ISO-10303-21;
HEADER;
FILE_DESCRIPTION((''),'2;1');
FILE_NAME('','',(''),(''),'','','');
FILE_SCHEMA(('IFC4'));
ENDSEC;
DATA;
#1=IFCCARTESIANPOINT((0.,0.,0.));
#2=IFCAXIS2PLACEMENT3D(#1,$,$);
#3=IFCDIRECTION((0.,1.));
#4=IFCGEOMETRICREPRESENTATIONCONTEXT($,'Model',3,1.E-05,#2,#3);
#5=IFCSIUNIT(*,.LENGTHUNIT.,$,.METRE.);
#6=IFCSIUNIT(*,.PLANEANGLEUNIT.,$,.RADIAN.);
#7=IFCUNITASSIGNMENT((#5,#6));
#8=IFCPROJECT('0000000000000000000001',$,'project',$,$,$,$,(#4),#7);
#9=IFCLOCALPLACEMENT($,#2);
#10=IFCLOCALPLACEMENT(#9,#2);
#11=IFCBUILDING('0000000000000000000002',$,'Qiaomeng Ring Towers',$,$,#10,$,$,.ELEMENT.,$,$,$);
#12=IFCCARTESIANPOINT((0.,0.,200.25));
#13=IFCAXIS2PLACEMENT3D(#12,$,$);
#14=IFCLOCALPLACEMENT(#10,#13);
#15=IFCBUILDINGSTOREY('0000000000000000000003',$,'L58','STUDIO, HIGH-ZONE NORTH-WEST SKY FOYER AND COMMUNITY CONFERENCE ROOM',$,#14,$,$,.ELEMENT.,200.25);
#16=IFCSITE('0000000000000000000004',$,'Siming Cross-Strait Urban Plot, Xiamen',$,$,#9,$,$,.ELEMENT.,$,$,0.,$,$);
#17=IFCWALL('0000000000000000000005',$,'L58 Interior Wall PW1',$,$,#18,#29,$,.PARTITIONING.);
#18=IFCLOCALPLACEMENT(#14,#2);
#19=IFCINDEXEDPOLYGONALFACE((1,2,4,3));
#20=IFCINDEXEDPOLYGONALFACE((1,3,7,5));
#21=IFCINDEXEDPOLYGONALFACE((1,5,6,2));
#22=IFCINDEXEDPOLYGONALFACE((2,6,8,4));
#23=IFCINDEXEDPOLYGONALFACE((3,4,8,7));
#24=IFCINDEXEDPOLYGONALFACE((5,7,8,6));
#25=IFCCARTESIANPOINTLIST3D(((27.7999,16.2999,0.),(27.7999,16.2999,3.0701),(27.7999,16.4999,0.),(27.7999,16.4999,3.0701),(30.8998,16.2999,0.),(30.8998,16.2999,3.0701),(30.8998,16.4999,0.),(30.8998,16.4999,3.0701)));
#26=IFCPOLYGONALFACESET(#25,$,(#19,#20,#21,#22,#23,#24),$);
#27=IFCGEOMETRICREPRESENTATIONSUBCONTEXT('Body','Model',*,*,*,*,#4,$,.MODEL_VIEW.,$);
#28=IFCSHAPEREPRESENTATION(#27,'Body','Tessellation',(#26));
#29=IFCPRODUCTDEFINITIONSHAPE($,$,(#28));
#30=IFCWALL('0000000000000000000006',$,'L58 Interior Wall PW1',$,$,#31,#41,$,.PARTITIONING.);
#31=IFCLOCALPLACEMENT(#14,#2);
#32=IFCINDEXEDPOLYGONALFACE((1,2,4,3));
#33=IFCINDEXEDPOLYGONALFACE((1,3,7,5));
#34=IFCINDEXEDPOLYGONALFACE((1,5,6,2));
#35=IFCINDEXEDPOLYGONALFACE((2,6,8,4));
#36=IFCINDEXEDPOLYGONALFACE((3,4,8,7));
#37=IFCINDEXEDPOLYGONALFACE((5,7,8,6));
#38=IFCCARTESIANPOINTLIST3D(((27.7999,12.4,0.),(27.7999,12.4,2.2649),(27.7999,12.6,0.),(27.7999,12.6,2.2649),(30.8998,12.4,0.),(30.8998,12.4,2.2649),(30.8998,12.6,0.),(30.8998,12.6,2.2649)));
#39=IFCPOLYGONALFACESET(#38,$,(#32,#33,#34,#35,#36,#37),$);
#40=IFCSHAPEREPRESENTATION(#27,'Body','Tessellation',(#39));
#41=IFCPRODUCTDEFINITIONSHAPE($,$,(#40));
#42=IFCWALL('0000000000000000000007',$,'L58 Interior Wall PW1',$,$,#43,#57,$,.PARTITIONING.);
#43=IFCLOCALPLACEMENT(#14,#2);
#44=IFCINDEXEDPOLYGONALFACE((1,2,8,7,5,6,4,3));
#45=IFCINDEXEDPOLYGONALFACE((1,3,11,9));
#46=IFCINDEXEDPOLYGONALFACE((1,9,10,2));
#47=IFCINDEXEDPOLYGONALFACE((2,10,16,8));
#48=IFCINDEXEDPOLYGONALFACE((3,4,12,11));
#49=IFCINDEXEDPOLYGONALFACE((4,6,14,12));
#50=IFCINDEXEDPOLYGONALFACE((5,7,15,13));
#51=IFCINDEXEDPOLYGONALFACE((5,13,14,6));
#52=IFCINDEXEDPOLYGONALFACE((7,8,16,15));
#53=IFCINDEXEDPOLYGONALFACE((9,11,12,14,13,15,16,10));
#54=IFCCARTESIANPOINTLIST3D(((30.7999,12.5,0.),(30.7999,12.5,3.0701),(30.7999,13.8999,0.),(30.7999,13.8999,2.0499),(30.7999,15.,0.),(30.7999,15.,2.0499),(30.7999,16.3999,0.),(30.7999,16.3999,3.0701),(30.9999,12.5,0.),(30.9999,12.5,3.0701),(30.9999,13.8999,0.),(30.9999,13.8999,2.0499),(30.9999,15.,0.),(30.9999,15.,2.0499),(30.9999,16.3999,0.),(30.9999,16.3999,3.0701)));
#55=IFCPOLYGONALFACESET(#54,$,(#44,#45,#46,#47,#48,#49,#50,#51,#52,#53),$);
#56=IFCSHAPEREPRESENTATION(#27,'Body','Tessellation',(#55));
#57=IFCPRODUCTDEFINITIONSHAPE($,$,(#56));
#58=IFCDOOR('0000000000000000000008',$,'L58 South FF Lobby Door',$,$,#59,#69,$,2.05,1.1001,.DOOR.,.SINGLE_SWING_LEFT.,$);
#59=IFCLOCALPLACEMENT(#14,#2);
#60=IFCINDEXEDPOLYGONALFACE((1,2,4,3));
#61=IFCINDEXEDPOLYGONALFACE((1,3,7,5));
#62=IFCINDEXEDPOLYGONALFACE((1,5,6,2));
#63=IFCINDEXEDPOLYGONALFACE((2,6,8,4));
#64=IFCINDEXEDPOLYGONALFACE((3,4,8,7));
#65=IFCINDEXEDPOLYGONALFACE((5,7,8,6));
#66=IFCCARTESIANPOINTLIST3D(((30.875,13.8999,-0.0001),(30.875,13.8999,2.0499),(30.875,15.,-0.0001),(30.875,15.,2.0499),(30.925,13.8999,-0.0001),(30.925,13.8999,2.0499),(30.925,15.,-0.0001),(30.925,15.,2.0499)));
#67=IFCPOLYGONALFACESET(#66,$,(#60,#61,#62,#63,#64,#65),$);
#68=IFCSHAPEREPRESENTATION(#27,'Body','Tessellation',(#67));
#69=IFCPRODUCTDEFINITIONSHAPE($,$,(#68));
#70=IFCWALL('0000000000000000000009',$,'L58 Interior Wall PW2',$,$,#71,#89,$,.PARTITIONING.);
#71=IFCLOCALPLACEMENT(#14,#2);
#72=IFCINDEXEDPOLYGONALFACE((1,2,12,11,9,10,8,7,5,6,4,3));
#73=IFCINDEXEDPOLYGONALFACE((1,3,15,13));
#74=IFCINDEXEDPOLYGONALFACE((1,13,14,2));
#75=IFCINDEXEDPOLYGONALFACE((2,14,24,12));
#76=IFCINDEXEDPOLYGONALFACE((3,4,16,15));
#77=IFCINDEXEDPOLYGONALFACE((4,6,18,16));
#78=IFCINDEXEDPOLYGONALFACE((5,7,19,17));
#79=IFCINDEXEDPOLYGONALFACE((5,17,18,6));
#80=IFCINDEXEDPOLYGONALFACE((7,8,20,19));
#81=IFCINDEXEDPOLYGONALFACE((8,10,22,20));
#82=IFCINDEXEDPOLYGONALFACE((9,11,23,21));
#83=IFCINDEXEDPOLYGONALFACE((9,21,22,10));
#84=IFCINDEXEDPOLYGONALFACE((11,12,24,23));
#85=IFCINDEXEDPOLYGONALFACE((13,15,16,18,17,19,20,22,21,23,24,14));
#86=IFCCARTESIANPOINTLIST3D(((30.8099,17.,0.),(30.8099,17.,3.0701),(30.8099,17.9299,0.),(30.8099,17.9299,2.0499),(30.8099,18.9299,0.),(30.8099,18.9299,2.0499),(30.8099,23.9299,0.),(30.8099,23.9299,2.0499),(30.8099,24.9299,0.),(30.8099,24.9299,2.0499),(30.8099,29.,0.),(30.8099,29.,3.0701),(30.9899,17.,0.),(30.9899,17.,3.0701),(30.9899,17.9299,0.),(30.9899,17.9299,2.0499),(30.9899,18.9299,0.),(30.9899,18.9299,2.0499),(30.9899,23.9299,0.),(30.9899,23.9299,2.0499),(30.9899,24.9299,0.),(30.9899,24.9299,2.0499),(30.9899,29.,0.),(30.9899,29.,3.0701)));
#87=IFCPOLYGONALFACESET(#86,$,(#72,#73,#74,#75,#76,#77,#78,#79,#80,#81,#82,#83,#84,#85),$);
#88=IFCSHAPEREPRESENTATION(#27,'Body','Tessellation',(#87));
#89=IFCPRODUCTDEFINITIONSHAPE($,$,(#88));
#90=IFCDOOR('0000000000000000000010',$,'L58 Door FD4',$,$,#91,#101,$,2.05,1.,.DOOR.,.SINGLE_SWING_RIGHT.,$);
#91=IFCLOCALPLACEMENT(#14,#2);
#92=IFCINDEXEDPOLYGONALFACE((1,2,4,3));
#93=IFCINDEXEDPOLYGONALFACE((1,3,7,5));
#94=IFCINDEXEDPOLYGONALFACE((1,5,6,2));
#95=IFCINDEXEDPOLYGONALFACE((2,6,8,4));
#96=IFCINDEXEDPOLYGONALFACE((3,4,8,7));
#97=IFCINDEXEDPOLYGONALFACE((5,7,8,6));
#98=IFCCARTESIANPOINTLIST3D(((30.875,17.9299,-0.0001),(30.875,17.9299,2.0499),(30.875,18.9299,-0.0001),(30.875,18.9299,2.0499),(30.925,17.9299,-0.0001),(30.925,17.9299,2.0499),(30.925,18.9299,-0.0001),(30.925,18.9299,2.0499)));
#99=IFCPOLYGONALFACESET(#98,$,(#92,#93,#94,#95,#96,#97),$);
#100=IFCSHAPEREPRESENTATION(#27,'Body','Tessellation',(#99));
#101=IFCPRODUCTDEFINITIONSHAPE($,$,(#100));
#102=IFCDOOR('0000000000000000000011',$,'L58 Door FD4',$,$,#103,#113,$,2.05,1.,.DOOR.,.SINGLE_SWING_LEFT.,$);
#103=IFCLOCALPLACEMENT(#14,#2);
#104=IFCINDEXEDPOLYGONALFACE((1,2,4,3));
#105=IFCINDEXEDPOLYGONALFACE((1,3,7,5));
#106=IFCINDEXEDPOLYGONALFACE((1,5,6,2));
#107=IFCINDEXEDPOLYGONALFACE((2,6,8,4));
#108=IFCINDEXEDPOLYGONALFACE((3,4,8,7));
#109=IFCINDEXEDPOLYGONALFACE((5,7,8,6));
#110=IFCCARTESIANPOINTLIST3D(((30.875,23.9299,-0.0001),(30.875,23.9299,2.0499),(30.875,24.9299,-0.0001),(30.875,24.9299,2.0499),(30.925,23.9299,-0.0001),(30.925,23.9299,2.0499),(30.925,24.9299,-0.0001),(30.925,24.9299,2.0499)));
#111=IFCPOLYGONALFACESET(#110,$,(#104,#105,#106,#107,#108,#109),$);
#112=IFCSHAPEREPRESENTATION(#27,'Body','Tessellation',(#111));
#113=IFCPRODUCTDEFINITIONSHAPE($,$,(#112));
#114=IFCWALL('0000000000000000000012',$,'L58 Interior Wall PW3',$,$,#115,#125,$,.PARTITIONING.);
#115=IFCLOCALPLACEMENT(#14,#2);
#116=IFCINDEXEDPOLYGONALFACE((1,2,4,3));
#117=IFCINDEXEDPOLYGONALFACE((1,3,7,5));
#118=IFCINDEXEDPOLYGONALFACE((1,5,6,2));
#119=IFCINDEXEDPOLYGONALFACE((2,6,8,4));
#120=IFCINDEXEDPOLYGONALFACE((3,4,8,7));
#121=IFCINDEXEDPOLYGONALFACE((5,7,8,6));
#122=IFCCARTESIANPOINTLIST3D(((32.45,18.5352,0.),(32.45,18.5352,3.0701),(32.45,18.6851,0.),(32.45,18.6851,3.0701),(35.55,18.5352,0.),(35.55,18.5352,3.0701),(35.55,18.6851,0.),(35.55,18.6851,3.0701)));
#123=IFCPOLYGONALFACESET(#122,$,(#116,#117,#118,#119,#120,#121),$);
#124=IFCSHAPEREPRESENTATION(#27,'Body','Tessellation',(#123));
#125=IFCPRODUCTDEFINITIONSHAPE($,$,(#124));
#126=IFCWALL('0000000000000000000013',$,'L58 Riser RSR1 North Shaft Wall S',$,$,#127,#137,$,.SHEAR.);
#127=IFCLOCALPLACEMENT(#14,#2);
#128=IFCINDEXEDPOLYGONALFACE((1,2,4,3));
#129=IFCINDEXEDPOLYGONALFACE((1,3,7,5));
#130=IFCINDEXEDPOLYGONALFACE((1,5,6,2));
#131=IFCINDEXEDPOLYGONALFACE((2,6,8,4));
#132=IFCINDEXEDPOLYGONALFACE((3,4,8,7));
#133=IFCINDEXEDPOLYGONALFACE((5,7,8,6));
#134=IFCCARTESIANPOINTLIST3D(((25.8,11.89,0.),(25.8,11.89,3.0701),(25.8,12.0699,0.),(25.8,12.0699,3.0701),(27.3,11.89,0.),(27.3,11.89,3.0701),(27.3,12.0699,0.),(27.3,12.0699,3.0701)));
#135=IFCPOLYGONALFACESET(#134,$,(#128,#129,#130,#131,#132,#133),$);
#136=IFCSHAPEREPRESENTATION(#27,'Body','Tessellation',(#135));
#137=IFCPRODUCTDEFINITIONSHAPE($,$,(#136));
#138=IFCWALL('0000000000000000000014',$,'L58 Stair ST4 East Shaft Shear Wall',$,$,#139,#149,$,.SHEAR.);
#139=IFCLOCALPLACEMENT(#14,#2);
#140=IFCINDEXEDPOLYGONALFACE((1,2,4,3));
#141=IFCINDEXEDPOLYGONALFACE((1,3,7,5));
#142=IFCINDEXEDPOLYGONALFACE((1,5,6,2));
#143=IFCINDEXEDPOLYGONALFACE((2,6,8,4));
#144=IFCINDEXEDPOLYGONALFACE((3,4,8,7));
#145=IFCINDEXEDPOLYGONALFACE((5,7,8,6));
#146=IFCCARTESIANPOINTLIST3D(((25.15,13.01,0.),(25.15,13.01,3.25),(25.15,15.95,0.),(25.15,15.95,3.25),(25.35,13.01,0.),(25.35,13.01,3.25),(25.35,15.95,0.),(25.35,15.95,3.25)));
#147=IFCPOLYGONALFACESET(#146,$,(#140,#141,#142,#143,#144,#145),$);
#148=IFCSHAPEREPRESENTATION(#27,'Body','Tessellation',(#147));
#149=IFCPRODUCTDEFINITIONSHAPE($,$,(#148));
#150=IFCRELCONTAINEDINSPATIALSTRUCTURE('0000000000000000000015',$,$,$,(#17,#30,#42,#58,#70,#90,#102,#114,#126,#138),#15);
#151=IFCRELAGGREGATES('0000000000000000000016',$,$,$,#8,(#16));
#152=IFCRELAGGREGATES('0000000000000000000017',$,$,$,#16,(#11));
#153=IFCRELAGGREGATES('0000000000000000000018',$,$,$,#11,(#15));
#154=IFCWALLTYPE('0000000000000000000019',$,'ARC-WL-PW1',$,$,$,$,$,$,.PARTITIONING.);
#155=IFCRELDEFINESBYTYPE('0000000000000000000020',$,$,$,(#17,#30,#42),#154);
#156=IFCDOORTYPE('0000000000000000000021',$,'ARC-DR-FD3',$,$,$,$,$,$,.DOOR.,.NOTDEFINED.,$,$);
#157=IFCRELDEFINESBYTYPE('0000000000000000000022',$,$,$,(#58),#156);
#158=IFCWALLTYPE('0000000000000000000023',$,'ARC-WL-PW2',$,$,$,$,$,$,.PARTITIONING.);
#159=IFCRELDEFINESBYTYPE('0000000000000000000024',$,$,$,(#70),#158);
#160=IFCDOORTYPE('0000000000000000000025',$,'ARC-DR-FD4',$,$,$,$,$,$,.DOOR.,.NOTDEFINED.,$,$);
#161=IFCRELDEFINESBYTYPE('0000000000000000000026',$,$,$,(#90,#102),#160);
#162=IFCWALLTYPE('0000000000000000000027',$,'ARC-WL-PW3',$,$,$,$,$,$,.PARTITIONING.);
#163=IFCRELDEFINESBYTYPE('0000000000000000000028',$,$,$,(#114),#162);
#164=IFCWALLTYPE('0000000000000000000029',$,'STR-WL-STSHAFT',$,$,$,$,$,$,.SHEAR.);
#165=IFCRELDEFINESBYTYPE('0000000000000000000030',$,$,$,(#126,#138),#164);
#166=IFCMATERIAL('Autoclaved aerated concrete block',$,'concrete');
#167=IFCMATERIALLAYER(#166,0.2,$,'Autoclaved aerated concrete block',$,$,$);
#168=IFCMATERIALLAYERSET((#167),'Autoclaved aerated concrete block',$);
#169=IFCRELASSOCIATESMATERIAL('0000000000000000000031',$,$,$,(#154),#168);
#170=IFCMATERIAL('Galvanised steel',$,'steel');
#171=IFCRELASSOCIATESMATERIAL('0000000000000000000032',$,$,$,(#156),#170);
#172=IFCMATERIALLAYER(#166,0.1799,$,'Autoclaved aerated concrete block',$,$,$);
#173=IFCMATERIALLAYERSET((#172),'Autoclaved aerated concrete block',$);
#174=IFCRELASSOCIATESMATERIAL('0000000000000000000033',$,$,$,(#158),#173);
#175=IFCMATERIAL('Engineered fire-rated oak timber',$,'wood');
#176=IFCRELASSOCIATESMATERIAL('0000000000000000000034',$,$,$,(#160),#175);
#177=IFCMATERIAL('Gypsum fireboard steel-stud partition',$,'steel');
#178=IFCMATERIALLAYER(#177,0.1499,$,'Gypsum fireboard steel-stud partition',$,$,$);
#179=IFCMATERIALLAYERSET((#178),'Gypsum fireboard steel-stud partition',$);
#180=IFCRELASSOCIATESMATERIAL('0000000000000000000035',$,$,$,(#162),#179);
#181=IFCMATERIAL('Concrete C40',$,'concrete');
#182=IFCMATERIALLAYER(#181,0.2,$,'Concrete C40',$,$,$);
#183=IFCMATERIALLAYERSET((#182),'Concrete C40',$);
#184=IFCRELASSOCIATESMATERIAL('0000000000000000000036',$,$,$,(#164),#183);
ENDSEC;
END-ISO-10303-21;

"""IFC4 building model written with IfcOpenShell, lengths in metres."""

from ifc_helpers import new_model, si_unit, direction, frame, frame_2d, origin, place, context, subcontext, project, spatial, rectangle, extrude, source, transform, mapped, material, layer, layer_set, type_object, element, fill, save


model = new_model("IFC4")

# Units and contexts
model_context = context("Model", 3, precision=1e-05, world=origin(), true_north=direction((0.0, 1.0)))
body_context = subcontext(model_context, "Body", "Model", "MODEL_VIEW")
ifc_project = project(units=[si_unit("LENGTHUNIT", "METRE"), si_unit("PLANEANGLEUNIT", "RADIAN")], contexts=[model_context])

# Site, building, storey
site_placement = place(None, origin())
site = spatial("IfcSite", under=ifc_project, at=site_placement, Name="Siming Cross-Strait Urban Plot, Xiamen", CompositionType="ELEMENT", RefElevation=0.0)
building_placement = place(site_placement, origin())
building = spatial("IfcBuilding", under=site, at=building_placement, Name="Qiaomeng Ring Towers", CompositionType="ELEMENT")
storey_placement = place(building_placement, frame((0.0, 0.0, 200.25)))
storey = spatial("IfcBuildingStorey", under=building, at=storey_placement, Name="L58", Description="STUDIO, HIGH-ZONE NORTH-WEST SKY FOYER AND COMMUNITY CONFERENCE ROOM", CompositionType="ELEMENT", Elevation=200.25)

# Shared definitions
ifc_material_1 = material(Name="Concrete C40", Category="concrete")

# Walls
ifc_material_2 = material(Name="Autoclaved aerated concrete block", Category="concrete")
ifc_layer_1 = layer(ifc_material_2, 0.2, Name="Autoclaved aerated concrete block")
ifc_layer_set_1 = layer_set([ifc_layer_1], Name="Autoclaved aerated concrete block")
wall_type_1 = type_object("IfcWallType", Name="ARC-WL-PW1", PredefinedType="PARTITIONING", material=ifc_layer_set_1)
wall_1_placement = place(storey_placement, frame((27.8, 16.3999, 0.0), z_axis=(0.0, 0.0, 1.0), x_axis=(1.0, 0.0, 0.0)))
element("IfcWall", 1, at=wall_1_placement, inside=storey, type_object=wall_type_1, Name="L58 Interior Wall PW1", PredefinedType="PARTITIONING", context=body_context, shape_type="SweptSolid", body=[
    extrude(rectangle(XDim=3.0999, YDim=0.2, at=frame_2d((1.5498, 0.0))), origin(), (0.0, 0.0, 1.0), 3.0701),
])
wall_2_placement = place(storey_placement, frame((27.8, 12.5, 0.0), z_axis=(0.0, 0.0, 1.0), x_axis=(1.0, 0.0, 0.0)))
element("IfcWall", 2, at=wall_2_placement, inside=storey, type_object=wall_type_1, Name="L58 Interior Wall PW1", PredefinedType="PARTITIONING", context=body_context, shape_type="SweptSolid", body=[
    extrude(rectangle(XDim=3.0999, YDim=0.2, at=frame_2d((1.5498, 0.0))), origin(), (0.0, 0.0, 1.0), 2.2649),
])

# Wall, opening, door
wall_3_placement = place(storey_placement, frame((30.8999, 12.5, 0.0), z_axis=(0.0, 0.0, 1.0), x_axis=(0.0, 1.0, 0.0)))
wall_3 = element("IfcWall", 3, at=wall_3_placement, inside=storey, type_object=wall_type_1, Name="L58 Interior Wall PW1", PredefinedType="PARTITIONING", context=body_context, shape_type="SweptSolid", body=[
    extrude(rectangle(XDim=3.8999, YDim=0.2, at=frame_2d((1.95, 0.0))), origin(), (0.0, 0.0, 1.0), 3.0701),
])
opening_1_placement = place(wall_3_placement, frame((1.3999, 0.0, 0.0)))
opening_1 = element("IfcOpeningElement", 4, at=opening_1_placement, cuts=wall_3, PredefinedType="OPENING", context=body_context, shape_type="SweptSolid", body=[
    extrude(rectangle(XDim=1.1001, YDim=2.05, at=frame_2d((0.55, 1.0249))), frame((0.0, 0.1099, 0.0), z_axis=(0.0, -1.0, 0.0), x_axis=(1.0, 0.0, 0.0)), (0.0, 0.0, 1.0), 0.22),
])
ifc_material_3 = material(Name="Galvanised steel", Category="steel")
door_type_1 = type_object("IfcDoorType", Name="ARC-DR-FD3", OperationType="NOTDEFINED", PredefinedType="DOOR", material=ifc_material_3)
shared_shape_1 = source(origin(), body_context, "Body", "SweptSolid", [
    extrude(rectangle(XDim=1.1001, YDim=2.05, at=frame_2d((0.55, 1.0249))), frame((0.0, 0.0249, 0.0), z_axis=(0.0, -1.0, 0.0), x_axis=(1.0, 0.0, 0.0)), (0.0, 0.0, 1.0), 0.05),
])
door_1_placement = place(opening_1_placement, origin())
door_1 = element("IfcDoor", 5, at=door_1_placement, inside=storey, type_object=door_type_1, Name="L58 South FF Lobby Door", OperationType="SINGLE_SWING_LEFT", OverallHeight=2.05, OverallWidth=1.1001, PredefinedType="DOOR", context=body_context, shape_type="MappedRepresentation", body=[
    mapped(shared_shape_1, transform((0.0, 0.0, 0.0), x_axis=(1.0, 0.0, 0.0), y_axis=(0.0, 1.0, 0.0), z_axis=(0.0, 0.0, 1.0), scale=1.0)),
])
fill(opening_1, door_1)

# Wall, openings, doors
ifc_layer_2 = layer(ifc_material_2, 0.1799, Name="Autoclaved aerated concrete block")
ifc_layer_set_2 = layer_set([ifc_layer_2], Name="Autoclaved aerated concrete block")
wall_type_2 = type_object("IfcWallType", Name="ARC-WL-PW2", PredefinedType="PARTITIONING", material=ifc_layer_set_2)
wall_4_placement = place(storey_placement, frame((30.8999, 17.0, 0.0), z_axis=(0.0, 0.0, 1.0), x_axis=(0.0, 1.0, 0.0)))
wall_4 = element("IfcWall", 6, at=wall_4_placement, inside=storey, type_object=wall_type_2, Name="L58 Interior Wall PW2", PredefinedType="PARTITIONING", context=body_context, shape_type="SweptSolid", body=[
    extrude(rectangle(XDim=12.0, YDim=0.1799, at=frame_2d((6.0, 0.0))), origin(), (0.0, 0.0, 1.0), 3.0701),
])
opening_2_placement = place(wall_4_placement, frame((0.9299, 0.0, 0.0)))
opening_2 = element("IfcOpeningElement", 7, at=opening_2_placement, cuts=wall_4, PredefinedType="OPENING", context=body_context, shape_type="SweptSolid", body=[
    extrude(rectangle(XDim=1.0, YDim=2.05, at=frame_2d((0.5, 1.0249))), frame((0.0, 0.0999, 0.0), z_axis=(0.0, -1.0, 0.0), x_axis=(1.0, 0.0, 0.0)), (0.0, 0.0, 1.0), 0.2),
])
opening_3_placement = place(wall_4_placement, frame((6.9299, 0.0, 0.0)))
opening_3 = element("IfcOpeningElement", 8, at=opening_3_placement, cuts=wall_4, PredefinedType="OPENING", context=body_context, shape_type="SweptSolid", body=[
    extrude(rectangle(XDim=1.0, YDim=2.05, at=frame_2d((0.5, 1.0249))), frame((0.0, 0.0999, 0.0), z_axis=(0.0, -1.0, 0.0), x_axis=(1.0, 0.0, 0.0)), (0.0, 0.0, 1.0), 0.2),
])
ifc_material_4 = material(Name="Engineered fire-rated oak timber", Category="wood")
door_type_2 = type_object("IfcDoorType", Name="ARC-DR-FD4", OperationType="NOTDEFINED", PredefinedType="DOOR", material=ifc_material_4)
shared_shape_2 = source(origin(), body_context, "Body", "SweptSolid", [
    extrude(rectangle(XDim=1.0, YDim=2.05, at=frame_2d((0.5, 1.0249))), frame((0.0, 0.0249, 0.0), z_axis=(0.0, -1.0, 0.0), x_axis=(1.0, 0.0, 0.0)), (0.0, 0.0, 1.0), 0.05),
])
door_2_placement = place(opening_2_placement, origin())
door_2 = element("IfcDoor", 9, at=door_2_placement, inside=storey, type_object=door_type_2, Name="L58 Door FD4", OperationType="SINGLE_SWING_RIGHT", OverallHeight=2.05, OverallWidth=1.0, PredefinedType="DOOR", context=body_context, shape_type="MappedRepresentation", body=[
    mapped(shared_shape_2, transform((0.0, 0.0, 0.0), x_axis=(1.0, 0.0, 0.0), y_axis=(0.0, 1.0, 0.0), z_axis=(0.0, 0.0, 1.0), scale=1.0)),
])
fill(opening_2, door_2)
door_3_placement = place(opening_3_placement, origin())
door_3 = element("IfcDoor", 10, at=door_3_placement, inside=storey, type_object=door_type_2, Name="L58 Door FD4", OperationType="SINGLE_SWING_LEFT", OverallHeight=2.05, OverallWidth=1.0, PredefinedType="DOOR", context=body_context, shape_type="MappedRepresentation", body=[
    mapped(shared_shape_2, transform((0.0, 0.0, 0.0), x_axis=(1.0, 0.0, 0.0), y_axis=(0.0, 1.0, 0.0), z_axis=(0.0, 0.0, 1.0), scale=1.0)),
])
fill(opening_3, door_3)

# Walls
ifc_material_5 = material(Name="Gypsum fireboard steel-stud partition", Category="steel")
ifc_layer_3 = layer(ifc_material_5, 0.1499, Name="Gypsum fireboard steel-stud partition")
ifc_layer_set_3 = layer_set([ifc_layer_3], Name="Gypsum fireboard steel-stud partition")
wall_type_3 = type_object("IfcWallType", Name="ARC-WL-PW3", PredefinedType="PARTITIONING", material=ifc_layer_set_3)
wall_5_placement = place(storey_placement, frame((32.45, 18.6101, 0.0), z_axis=(0.0, 0.0, 1.0), x_axis=(1.0, 0.0, 0.0)))
element("IfcWall", 11, at=wall_5_placement, inside=storey, type_object=wall_type_3, Name="L58 Interior Wall PW3", PredefinedType="PARTITIONING", context=body_context, shape_type="SweptSolid", body=[
    extrude(rectangle(XDim=3.1001, YDim=0.1499, at=frame_2d((1.55, 0.0))), origin(), (0.0, 0.0, 1.0), 3.0701),
])
ifc_layer_4 = layer(ifc_material_1, 0.2, Name="Concrete C40")
ifc_layer_set_4 = layer_set([ifc_layer_4], Name="Concrete C40")
wall_type_4 = type_object("IfcWallType", Name="STR-WL-STSHAFT", PredefinedType="SHEAR", material=ifc_layer_set_4)
wall_6_placement = place(storey_placement, frame((25.8, 11.98, 0.0), z_axis=(0.0, 0.0, 1.0), x_axis=(1.0, 0.0, 0.0)))
element("IfcWall", 12, at=wall_6_placement, inside=storey, type_object=wall_type_4, Name="L58 Riser RSR1 North Shaft Wall S", PredefinedType="SHEAR", context=body_context, shape_type="SweptSolid", body=[
    extrude(rectangle(XDim=1.5, YDim=0.1799, at=frame_2d((0.75, 0.0))), origin(), (0.0, 0.0, 1.0), 3.0701),
])
wall_7_placement = place(storey_placement, frame((25.25, 13.01, 0.0), z_axis=(0.0, 0.0, 1.0), x_axis=(0.0, 1.0, 0.0)))
element("IfcWall", 13, at=wall_7_placement, inside=storey, type_object=wall_type_4, Name="L58 Stair ST4 East Shaft Shear Wall", PredefinedType="SHEAR", context=body_context, shape_type="SweptSolid", body=[
    extrude(rectangle(XDim=2.9399, YDim=0.2, at=frame_2d((1.47, 0.0))), origin(), (0.0, 0.0, 1.0), 3.25),
])

save(model, "model.ifc")
